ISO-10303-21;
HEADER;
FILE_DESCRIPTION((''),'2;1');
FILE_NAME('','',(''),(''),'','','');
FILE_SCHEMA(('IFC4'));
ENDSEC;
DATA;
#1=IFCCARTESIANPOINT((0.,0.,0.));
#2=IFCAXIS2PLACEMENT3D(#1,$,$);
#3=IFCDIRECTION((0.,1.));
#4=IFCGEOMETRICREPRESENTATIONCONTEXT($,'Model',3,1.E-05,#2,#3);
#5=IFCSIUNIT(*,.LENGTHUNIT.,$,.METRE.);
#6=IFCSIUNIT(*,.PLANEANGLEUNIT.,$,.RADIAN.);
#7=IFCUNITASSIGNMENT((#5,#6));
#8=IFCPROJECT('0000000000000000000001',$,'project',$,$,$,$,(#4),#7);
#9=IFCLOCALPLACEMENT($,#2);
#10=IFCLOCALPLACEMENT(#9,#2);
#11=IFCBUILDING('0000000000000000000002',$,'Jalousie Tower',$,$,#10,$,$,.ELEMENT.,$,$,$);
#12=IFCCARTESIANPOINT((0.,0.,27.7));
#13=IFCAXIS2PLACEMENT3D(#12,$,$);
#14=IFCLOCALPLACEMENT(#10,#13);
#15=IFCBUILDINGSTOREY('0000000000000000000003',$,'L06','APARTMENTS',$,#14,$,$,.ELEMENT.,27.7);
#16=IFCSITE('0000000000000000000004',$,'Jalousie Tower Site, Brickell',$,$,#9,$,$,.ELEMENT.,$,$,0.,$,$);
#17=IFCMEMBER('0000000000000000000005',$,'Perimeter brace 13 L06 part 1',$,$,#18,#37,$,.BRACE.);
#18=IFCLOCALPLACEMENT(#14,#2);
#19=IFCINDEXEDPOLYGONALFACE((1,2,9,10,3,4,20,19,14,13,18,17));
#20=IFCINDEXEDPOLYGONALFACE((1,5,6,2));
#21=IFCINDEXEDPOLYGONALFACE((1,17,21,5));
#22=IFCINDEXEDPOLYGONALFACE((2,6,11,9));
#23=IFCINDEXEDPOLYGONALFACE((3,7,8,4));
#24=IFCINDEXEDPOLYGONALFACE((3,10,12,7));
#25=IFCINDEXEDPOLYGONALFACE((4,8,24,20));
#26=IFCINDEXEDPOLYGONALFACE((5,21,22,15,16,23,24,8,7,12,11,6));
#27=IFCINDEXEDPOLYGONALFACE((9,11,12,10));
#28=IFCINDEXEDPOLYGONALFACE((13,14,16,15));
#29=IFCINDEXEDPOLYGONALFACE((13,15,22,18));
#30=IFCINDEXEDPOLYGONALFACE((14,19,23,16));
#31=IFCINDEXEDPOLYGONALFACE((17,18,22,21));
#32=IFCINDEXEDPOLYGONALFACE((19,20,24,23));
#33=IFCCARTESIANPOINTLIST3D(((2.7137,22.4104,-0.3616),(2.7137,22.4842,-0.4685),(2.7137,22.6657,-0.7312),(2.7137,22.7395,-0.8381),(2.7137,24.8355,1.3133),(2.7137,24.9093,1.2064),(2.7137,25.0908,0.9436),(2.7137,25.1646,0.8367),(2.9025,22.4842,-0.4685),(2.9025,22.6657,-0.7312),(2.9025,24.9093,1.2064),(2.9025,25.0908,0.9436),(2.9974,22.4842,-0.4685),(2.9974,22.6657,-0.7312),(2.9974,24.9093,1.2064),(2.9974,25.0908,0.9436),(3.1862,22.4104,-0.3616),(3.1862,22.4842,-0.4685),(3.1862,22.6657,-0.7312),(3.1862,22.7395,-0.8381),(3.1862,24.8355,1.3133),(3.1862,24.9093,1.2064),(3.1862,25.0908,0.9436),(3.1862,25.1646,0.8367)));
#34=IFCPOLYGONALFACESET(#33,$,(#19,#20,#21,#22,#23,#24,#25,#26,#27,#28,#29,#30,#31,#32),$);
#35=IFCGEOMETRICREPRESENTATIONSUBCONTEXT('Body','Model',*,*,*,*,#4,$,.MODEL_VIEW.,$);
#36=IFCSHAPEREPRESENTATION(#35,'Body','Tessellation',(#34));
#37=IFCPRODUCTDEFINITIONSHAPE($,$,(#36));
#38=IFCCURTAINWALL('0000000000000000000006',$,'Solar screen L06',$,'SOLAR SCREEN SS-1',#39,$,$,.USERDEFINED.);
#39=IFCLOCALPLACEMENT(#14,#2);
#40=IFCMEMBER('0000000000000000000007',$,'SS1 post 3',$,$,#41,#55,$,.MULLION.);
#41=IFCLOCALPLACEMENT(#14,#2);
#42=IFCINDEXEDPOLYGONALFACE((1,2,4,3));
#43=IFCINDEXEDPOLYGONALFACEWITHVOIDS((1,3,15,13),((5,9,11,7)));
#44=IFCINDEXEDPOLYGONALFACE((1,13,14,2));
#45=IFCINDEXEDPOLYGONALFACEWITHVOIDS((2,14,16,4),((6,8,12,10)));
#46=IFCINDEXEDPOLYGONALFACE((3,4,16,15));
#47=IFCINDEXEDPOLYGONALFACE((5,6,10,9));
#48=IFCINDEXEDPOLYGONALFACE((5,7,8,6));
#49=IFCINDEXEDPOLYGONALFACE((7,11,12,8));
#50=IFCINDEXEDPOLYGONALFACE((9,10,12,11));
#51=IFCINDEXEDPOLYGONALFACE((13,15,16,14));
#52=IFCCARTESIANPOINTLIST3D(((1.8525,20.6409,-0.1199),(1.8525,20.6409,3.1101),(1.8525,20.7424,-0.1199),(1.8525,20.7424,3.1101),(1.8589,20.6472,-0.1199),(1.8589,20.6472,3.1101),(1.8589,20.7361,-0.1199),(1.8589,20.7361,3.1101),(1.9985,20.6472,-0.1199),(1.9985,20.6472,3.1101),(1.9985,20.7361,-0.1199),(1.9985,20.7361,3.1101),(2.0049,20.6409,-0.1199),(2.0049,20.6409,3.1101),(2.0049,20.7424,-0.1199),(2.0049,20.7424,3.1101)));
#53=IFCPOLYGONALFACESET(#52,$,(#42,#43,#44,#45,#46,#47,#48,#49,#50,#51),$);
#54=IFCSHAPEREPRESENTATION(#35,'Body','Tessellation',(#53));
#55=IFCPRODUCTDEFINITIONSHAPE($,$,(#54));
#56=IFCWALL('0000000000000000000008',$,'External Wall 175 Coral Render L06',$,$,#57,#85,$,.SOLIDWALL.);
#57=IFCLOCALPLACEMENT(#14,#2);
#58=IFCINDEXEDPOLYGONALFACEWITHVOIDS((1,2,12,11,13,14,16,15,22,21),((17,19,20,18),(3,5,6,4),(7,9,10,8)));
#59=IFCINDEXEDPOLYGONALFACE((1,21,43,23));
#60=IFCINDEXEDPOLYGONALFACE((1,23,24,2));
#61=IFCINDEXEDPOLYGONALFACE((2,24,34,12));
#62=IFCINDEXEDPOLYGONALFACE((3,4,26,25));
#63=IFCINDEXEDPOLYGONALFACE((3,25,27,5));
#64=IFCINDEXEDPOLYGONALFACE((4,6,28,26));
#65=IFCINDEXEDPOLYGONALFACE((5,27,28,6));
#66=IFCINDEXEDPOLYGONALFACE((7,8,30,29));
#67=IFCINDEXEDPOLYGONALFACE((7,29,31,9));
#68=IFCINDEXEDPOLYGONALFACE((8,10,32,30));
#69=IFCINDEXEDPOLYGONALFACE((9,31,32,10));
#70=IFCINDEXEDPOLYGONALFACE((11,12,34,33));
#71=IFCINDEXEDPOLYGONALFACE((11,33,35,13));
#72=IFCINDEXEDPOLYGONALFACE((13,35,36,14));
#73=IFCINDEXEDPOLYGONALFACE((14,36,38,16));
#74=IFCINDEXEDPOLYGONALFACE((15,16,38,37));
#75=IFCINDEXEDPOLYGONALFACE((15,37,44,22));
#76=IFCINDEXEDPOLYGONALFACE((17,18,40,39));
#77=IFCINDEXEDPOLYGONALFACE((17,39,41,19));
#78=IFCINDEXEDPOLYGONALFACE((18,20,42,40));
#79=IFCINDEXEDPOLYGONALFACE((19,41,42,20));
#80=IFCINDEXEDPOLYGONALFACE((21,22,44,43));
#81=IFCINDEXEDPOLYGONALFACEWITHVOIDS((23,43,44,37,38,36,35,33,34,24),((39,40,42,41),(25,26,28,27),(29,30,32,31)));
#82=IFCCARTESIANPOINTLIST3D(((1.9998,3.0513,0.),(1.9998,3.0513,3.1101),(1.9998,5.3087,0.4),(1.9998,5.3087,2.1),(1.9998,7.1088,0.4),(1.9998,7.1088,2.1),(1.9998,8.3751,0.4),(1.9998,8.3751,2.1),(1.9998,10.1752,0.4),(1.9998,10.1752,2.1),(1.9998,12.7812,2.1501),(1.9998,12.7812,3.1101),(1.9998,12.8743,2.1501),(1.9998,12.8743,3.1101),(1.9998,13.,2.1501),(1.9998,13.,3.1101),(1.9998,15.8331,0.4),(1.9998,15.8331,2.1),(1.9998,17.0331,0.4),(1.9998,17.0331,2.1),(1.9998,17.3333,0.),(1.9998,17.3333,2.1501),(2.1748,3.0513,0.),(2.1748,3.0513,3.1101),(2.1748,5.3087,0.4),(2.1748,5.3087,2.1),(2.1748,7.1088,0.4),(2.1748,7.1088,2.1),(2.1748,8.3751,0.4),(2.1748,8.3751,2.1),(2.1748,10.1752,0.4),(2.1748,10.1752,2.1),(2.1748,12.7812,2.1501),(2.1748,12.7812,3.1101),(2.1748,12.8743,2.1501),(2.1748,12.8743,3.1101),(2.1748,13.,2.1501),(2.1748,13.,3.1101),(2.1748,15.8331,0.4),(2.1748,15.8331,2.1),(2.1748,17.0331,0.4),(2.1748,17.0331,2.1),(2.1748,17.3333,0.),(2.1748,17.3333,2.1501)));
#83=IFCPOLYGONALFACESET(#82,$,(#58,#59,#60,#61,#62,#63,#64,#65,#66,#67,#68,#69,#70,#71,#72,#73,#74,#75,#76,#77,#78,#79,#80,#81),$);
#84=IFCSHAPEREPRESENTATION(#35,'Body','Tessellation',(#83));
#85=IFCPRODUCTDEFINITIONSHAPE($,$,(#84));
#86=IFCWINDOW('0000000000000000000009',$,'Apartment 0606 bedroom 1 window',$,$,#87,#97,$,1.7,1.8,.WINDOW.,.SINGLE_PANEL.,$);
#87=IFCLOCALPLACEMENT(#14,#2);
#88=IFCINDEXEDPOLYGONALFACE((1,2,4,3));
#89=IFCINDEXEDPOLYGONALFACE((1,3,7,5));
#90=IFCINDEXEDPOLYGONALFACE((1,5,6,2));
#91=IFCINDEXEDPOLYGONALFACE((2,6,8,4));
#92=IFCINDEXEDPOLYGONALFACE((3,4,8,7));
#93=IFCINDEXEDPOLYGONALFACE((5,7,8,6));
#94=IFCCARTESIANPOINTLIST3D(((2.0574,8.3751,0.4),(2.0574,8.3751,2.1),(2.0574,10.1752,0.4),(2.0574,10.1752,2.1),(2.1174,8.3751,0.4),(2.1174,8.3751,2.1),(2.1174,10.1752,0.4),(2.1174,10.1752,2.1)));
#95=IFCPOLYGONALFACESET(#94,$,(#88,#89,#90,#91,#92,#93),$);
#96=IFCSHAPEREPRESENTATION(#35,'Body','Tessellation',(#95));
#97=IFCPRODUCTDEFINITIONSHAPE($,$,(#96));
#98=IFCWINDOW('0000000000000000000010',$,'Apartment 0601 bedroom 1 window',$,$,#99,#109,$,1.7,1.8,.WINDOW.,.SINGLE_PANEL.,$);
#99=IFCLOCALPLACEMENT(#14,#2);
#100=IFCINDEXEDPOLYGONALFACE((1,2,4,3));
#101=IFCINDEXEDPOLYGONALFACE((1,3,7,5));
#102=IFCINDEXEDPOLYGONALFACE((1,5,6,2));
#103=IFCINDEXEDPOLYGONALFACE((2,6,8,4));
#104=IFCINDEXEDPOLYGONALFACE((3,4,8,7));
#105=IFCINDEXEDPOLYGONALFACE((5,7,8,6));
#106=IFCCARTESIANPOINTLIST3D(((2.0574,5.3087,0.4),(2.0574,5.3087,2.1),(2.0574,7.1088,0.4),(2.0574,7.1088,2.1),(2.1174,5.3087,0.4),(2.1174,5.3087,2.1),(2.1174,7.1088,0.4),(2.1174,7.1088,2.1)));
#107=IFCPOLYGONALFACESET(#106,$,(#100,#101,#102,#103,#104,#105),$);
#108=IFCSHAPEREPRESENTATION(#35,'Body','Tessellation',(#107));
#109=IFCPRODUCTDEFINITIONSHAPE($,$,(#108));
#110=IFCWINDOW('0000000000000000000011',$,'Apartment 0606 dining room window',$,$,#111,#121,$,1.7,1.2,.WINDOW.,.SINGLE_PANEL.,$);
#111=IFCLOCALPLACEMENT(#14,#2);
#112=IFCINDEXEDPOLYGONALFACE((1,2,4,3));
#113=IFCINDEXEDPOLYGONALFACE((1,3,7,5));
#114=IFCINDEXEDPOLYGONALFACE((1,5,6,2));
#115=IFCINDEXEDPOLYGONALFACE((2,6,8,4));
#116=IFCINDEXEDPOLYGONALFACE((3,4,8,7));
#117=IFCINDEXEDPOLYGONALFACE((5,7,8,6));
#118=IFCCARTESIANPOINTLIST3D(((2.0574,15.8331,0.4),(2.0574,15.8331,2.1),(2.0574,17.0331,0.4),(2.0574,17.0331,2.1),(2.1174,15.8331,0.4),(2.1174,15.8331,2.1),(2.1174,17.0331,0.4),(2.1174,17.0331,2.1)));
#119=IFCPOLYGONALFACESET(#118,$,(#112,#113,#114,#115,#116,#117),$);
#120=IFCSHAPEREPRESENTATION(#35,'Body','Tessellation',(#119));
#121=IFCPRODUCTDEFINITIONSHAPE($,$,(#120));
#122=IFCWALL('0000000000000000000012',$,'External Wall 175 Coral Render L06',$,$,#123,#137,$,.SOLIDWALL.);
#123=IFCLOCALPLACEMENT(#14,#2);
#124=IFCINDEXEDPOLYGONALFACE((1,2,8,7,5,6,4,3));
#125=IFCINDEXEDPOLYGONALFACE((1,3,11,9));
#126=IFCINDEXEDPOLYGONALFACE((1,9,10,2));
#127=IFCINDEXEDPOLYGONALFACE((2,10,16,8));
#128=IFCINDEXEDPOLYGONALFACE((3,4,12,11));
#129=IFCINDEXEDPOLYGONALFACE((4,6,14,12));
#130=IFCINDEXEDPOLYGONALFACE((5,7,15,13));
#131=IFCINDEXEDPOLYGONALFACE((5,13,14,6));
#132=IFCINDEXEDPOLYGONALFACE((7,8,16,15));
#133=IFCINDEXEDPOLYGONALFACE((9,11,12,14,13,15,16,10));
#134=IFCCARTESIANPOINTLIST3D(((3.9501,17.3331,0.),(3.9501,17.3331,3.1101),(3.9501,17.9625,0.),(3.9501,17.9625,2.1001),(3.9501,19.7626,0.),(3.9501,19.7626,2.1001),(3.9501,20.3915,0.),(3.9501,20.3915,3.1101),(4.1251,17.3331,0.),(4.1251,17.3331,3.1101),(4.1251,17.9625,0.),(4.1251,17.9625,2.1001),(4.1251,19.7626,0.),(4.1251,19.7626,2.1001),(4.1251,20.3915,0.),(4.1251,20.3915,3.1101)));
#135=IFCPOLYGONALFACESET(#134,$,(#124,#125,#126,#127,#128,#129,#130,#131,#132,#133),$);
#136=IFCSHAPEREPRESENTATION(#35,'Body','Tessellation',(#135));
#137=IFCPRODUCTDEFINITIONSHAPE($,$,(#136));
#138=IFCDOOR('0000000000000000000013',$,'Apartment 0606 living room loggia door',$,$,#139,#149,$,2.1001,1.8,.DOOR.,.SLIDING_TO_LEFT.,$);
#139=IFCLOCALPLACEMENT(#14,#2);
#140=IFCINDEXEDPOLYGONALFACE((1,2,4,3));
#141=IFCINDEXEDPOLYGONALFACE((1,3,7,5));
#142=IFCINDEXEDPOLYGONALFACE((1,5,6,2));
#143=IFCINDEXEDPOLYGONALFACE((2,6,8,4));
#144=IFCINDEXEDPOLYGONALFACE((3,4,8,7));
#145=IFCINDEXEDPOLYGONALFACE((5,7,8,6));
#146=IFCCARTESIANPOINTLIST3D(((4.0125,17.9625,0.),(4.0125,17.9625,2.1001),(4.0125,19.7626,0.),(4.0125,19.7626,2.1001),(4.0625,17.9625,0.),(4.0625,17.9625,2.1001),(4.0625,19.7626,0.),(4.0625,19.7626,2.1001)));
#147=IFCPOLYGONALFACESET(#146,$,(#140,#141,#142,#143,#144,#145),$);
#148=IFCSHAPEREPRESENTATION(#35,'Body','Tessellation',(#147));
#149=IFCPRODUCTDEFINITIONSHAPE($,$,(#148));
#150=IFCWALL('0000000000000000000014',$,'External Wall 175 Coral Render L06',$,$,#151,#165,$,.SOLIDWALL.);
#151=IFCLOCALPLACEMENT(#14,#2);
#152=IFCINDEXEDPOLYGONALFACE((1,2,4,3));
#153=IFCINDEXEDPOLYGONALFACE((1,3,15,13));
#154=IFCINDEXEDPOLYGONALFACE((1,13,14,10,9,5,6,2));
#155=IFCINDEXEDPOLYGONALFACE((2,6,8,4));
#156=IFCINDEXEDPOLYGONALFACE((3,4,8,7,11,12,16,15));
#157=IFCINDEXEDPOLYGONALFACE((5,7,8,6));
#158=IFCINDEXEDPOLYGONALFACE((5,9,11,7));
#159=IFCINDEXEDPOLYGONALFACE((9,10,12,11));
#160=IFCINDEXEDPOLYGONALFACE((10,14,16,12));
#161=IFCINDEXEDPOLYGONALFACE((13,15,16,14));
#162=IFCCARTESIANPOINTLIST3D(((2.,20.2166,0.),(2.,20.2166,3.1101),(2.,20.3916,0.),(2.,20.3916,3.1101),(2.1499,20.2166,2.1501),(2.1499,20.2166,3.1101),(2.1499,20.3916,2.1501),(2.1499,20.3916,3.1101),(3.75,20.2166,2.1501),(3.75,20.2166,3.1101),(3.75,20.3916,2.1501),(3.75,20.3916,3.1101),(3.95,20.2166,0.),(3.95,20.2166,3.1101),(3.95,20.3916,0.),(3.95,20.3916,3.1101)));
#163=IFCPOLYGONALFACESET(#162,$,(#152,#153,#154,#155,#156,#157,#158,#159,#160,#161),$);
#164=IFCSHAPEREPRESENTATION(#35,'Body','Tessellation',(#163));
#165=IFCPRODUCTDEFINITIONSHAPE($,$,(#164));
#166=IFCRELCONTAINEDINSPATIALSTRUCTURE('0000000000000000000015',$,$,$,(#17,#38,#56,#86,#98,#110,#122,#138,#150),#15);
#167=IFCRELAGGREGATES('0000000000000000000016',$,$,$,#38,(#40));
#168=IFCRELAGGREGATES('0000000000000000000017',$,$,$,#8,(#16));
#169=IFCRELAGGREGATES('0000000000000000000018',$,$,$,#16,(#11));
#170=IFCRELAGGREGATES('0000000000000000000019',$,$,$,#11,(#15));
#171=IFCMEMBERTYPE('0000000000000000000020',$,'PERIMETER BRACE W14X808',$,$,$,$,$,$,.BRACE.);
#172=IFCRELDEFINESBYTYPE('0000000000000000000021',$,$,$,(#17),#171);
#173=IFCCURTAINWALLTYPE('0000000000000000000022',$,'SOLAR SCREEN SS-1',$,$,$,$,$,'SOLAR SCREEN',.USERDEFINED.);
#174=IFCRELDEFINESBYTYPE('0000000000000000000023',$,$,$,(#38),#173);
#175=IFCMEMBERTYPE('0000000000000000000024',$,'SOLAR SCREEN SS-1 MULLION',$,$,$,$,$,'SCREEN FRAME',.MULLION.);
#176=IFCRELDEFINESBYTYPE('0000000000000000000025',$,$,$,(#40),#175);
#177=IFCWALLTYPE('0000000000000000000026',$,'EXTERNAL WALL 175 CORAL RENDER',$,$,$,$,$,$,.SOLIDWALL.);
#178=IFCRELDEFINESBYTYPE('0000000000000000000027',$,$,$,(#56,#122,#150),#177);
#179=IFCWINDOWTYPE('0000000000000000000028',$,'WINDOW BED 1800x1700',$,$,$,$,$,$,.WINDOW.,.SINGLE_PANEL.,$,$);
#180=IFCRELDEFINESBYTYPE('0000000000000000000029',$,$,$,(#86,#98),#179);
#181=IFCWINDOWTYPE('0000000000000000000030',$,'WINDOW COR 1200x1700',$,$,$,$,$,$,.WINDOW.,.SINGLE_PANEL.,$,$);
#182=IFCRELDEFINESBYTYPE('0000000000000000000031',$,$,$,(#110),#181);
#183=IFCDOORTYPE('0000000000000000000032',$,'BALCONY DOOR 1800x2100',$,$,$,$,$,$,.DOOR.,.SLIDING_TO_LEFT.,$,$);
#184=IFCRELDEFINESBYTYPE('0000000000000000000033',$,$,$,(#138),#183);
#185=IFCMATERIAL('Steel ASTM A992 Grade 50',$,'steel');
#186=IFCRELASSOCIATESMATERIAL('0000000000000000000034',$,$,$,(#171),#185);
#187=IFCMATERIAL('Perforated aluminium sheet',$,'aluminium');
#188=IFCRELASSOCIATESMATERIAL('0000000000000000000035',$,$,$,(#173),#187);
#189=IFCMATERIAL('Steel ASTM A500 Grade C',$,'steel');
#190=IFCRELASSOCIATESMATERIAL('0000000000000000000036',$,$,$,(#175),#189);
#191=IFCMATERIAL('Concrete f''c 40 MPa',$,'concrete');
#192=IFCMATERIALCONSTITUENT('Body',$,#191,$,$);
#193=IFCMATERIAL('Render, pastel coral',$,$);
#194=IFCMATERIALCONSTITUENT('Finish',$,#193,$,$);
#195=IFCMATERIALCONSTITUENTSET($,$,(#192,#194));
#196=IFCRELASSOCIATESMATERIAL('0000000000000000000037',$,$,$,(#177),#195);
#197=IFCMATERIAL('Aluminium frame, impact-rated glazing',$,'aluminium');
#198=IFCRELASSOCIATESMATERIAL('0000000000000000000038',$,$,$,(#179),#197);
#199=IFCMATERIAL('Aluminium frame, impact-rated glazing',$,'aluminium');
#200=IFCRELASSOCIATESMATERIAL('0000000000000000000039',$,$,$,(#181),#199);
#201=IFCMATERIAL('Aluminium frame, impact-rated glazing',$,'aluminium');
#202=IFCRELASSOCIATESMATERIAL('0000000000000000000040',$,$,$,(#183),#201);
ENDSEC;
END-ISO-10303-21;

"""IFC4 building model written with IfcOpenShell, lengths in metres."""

from ifc_helpers import new_model, si_unit, direction, frame, frame_2d, origin, origin_2d, place, context, subcontext, project, spatial, polyline, rectangle, hollow_rectangle, i_section, outline, extrude, material, constituent, constituent_set, material_profile, profile_set, type_object, element, fill, aggregate, save


model = new_model("IFC4")

# Units and contexts
model_context = context("Model", 3, precision=1e-05, world=origin(), true_north=direction((0.0, 1.0)))
body_context = subcontext(model_context, "Body", "Model", "MODEL_VIEW")
ifc_project = project(units=[si_unit("LENGTHUNIT", "METRE"), si_unit("PLANEANGLEUNIT", "RADIAN")], contexts=[model_context])

# Site, building, storey
site_placement = place(None, origin())
site = spatial("IfcSite", under=ifc_project, at=site_placement, Name="Jalousie Tower Site, Brickell", CompositionType="ELEMENT", RefElevation=0.0)
building_placement = place(site_placement, origin())
building = spatial("IfcBuilding", under=site, at=building_placement, Name="Jalousie Tower", CompositionType="ELEMENT")
storey_placement = place(building_placement, frame((0.0, 0.0, 27.7)))
storey = spatial("IfcBuildingStorey", under=building, at=storey_placement, Name="L06", Description="APARTMENTS", CompositionType="ELEMENT", Elevation=27.7)

# Member
ifc_material_1 = material(Name="Steel ASTM A992 Grade 50", Category="steel")
ifc_material_profile_1 = material_profile(ifc_material_1, i_section(OverallWidth=0.4724, OverallDepth=0.5791, WebThickness=0.095, FlangeThickness=0.1299, at=origin_2d()), Name="W14X808")
ifc_profile_set_1 = profile_set([ifc_material_profile_1], Name="Steel ASTM A992 Grade 50")
member_type_1 = type_object("IfcMemberType", Name="PERIMETER BRACE W14X808", PredefinedType="BRACE", material=ifc_profile_set_1)
member_1_placement = place(storey_placement, frame((2.95, 22.575, -0.5999), z_axis=(0.0, 0.822839, 0.568275), x_axis=(-1.0, 0.0, 0.0)))
element("IfcMember", 1, at=member_1_placement, inside=storey, type_object=member_type_1, Name="Perimeter brace 13 L06 part 1", PredefinedType="BRACE", context=body_context, shape_type="SweptSolid", body=[
    extrude(i_section(OverallWidth=0.4724, OverallDepth=0.5791, WebThickness=0.095, FlangeThickness=0.1299, at=origin_2d()), origin(), (0.0, 0.0, 1.0), 2.9473),
])

# Curtain wall, member
ifc_material_2 = material(Name="Perforated aluminium sheet", Category="aluminium")
curtain_wall_type = type_object("IfcCurtainWallType", Name="SOLAR SCREEN SS-1", ElementType="SOLAR SCREEN", PredefinedType="USERDEFINED", material=ifc_material_2)
curtain_wall_placement = place(storey_placement, origin())
curtain_wall = element("IfcCurtainWall", 2, at=curtain_wall_placement, inside=storey, type_object=curtain_wall_type, Name="Solar screen L06", ObjectType="SOLAR SCREEN SS-1", PredefinedType="USERDEFINED")
ifc_material_3 = material(Name="Steel ASTM A500 Grade C", Category="steel")
ifc_material_profile_2 = material_profile(ifc_material_3, hollow_rectangle(XDim=0.1016, YDim=0.1523, WallThickness=0.0063, at=origin_2d()), Name="HSS6X4X1/4")
ifc_profile_set_2 = profile_set([ifc_material_profile_2], Name="Steel ASTM A500 Grade C")
member_type_2 = type_object("IfcMemberType", Name="SOLAR SCREEN SS-1 MULLION", ElementType="SCREEN FRAME", PredefinedType="MULLION", material=ifc_profile_set_2)
member_2_placement = place(storey_placement, frame((1.9287, 20.6917, -0.1199), z_axis=(0.0, 0.0, 1.0), x_axis=(0.0, -1.0, 0.0)))
member_2 = element("IfcMember", 3, at=member_2_placement, type_object=member_type_2, Name="SS1 post 3", PredefinedType="MULLION", context=body_context, shape_type="SweptSolid", body=[
    extrude(hollow_rectangle(XDim=0.1016, YDim=0.1523, WallThickness=0.0063, at=origin_2d()), origin(), (0.0, 0.0, 1.0), 3.23),
])
aggregate(curtain_wall, [member_2])

# Wall, openings, windows
ifc_material_4 = material(Name="Concrete f'c 40 MPa", Category="concrete")
ifc_constituent_1 = constituent(ifc_material_4, Name="Body")
ifc_material_5 = material(Name="Render, pastel coral")
ifc_constituent_2 = constituent(ifc_material_5, Name="Finish")
ifc_constituent_set_1 = constituent_set(constituents=[ifc_constituent_1, ifc_constituent_2])
wall_type_1 = type_object("IfcWallType", Name="EXTERNAL WALL 175 CORAL RENDER", PredefinedType="SOLIDWALL", material=ifc_constituent_set_1)
wall_1_placement = place(storey_placement, frame((2.0874, 17.3333, 0.0), z_axis=(0.0, 0.0, 1.0), x_axis=(0.0, -1.0, 0.0)))
wall_1 = element("IfcWall", 4, at=wall_1_placement, inside=storey, type_object=wall_type_1, Name="External Wall 175 Coral Render L06", PredefinedType="SOLIDWALL", context=body_context, shape_type="SweptSolid", body=[
    extrude(outline(polyline([(0.0, 0.0), (14.282, 0.0), (14.282, 3.1101), (4.552, 3.1101), (4.552, 2.1501), (4.459, 2.1501), (4.459, 3.1101), (4.3333, 3.1101), (4.3333, 2.1501), (0.0, 2.1501), (0.0, 0.0)])), frame((0.0, 0.0874, 0.0), z_axis=(0.0, -1.0, 0.0), x_axis=(1.0, 0.0, 0.0)), (0.0, 0.0, 1.0), 0.175),
])
opening_1_placement = place(wall_1_placement, frame((0.3, 0.0, 0.3999)))
opening_1 = element("IfcOpeningElement", 5, at=opening_1_placement, cuts=wall_1, PredefinedType="OPENING", context=body_context, shape_type="SweptSolid", body=[
    extrude(rectangle(XDim=1.2, YDim=1.7, at=frame_2d((0.6001, 0.8501))), frame((0.0, 0.0974, 0.0), z_axis=(0.0, -1.0, 0.0), x_axis=(1.0, 0.0, 0.0)), (0.0, 0.0, 1.0), 0.1951),
])
opening_2_placement = place(wall_1_placement, frame((7.1582, 0.0, 0.3999)))
opening_2 = element("IfcOpeningElement", 6, at=opening_2_placement, cuts=wall_1, PredefinedType="OPENING", context=body_context, shape_type="SweptSolid", body=[
    extrude(rectangle(XDim=1.8, YDim=1.7, at=frame_2d((0.8999, 0.8501))), frame((0.0, 0.0974, 0.0), z_axis=(0.0, -1.0, 0.0), x_axis=(1.0, 0.0, 0.0)), (0.0, 0.0, 1.0), 0.1951),
])
opening_3_placement = place(wall_1_placement, frame((10.2246, 0.0, 0.3999)))
opening_3 = element("IfcOpeningElement", 7, at=opening_3_placement, cuts=wall_1, PredefinedType="OPENING", context=body_context, shape_type="SweptSolid", body=[
    extrude(rectangle(XDim=1.8, YDim=1.7, at=frame_2d((0.8999, 0.8501))), frame((0.0, 0.0974, 0.0), z_axis=(0.0, -1.0, 0.0), x_axis=(1.0, 0.0, 0.0)), (0.0, 0.0, 1.0), 0.1951),
])
ifc_material_6 = material(Name="Aluminium frame, impact-rated glazing", Category="aluminium")
window_type_1 = type_object("IfcWindowType", Name="WINDOW BED 1800x1700", PartitioningType="SINGLE_PANEL", PredefinedType="WINDOW", material=ifc_material_6)
window_1_placement = place(opening_2_placement, origin())
window_1 = element("IfcWindow", 8, at=window_1_placement, inside=storey, type_object=window_type_1, Name="Apartment 0606 bedroom 1 window", OverallHeight=1.7, OverallWidth=1.8, PartitioningType="SINGLE_PANEL", PredefinedType="WINDOW", context=body_context, shape_type="SweptSolid", body=[
    extrude(rectangle(XDim=1.8, YDim=1.7, at=frame_2d((0.8999, 0.8501))), frame((0.0, 0.03, 0.0), z_axis=(0.0, -1.0, 0.0), x_axis=(1.0, 0.0, 0.0)), (0.0, 0.0, 1.0), 0.0601),
])
fill(opening_2, window_1)
window_2_placement = place(opening_3_placement, origin())
window_2 = element("IfcWindow", 9, at=window_2_placement, inside=storey, type_object=window_type_1, Name="Apartment 0601 bedroom 1 window", OverallHeight=1.7, OverallWidth=1.8, PartitioningType="SINGLE_PANEL", PredefinedType="WINDOW", context=body_context, shape_type="SweptSolid", body=[
    extrude(rectangle(XDim=1.8, YDim=1.7, at=frame_2d((0.8999, 0.8501))), frame((0.0, 0.03, 0.0), z_axis=(0.0, -1.0, 0.0), x_axis=(1.0, 0.0, 0.0)), (0.0, 0.0, 1.0), 0.0601),
])
fill(opening_3, window_2)
ifc_material_7 = material(Name="Aluminium frame, impact-rated glazing", Category="aluminium")
window_type_2 = type_object("IfcWindowType", Name="WINDOW COR 1200x1700", PartitioningType="SINGLE_PANEL", PredefinedType="WINDOW", material=ifc_material_7)
window_3_placement = place(opening_1_placement, origin())
window_3 = element("IfcWindow", 10, at=window_3_placement, inside=storey, type_object=window_type_2, Name="Apartment 0606 dining room window", OverallHeight=1.7, OverallWidth=1.2, PartitioningType="SINGLE_PANEL", PredefinedType="WINDOW", context=body_context, shape_type="SweptSolid", body=[
    extrude(rectangle(XDim=1.2, YDim=1.7, at=frame_2d((0.6001, 0.8501))), frame((0.0, 0.03, 0.0), z_axis=(0.0, -1.0, 0.0), x_axis=(1.0, 0.0, 0.0)), (0.0, 0.0, 1.0), 0.0601),
])
fill(opening_1, window_3)

# Wall, opening, door
wall_2_placement = place(storey_placement, frame((4.0376, 20.3916, 0.0), z_axis=(0.0, 0.0, 1.0), x_axis=(0.0, -1.0, 0.0)))
wall_2 = element("IfcWall", 11, at=wall_2_placement, inside=storey, type_object=wall_type_1, Name="External Wall 175 Coral Render L06", PredefinedType="SOLIDWALL", context=body_context, shape_type="SweptSolid", body=[
    extrude(rectangle(XDim=3.0583, YDim=0.175, at=frame_2d((1.5293, 0.0))), origin(), (0.0, 0.0, 1.0), 3.1101),
])
opening_4_placement = place(wall_2_placement, frame((0.6292, 0.0, 0.0)))
opening_4 = element("IfcOpeningElement", 12, at=opening_4_placement, cuts=wall_2, PredefinedType="OPENING", context=body_context, shape_type="SweptSolid", body=[
    extrude(rectangle(XDim=1.8, YDim=2.1001, at=frame_2d((0.8999, 1.05))), frame((0.0, 0.0974, 0.0), z_axis=(0.0, -1.0, 0.0), x_axis=(1.0, 0.0, 0.0)), (0.0, 0.0, 1.0), 0.1951),
])
ifc_material_8 = material(Name="Aluminium frame, impact-rated glazing", Category="aluminium")
door_type_1 = type_object("IfcDoorType", Name="BALCONY DOOR 1800x2100", OperationType="SLIDING_TO_LEFT", PredefinedType="DOOR", material=ifc_material_8)
door_1_placement = place(opening_4_placement, origin())
door_1 = element("IfcDoor", 13, at=door_1_placement, inside=storey, type_object=door_type_1, Name="Apartment 0606 living room loggia door", OperationType="SLIDING_TO_LEFT", OverallHeight=2.1001, OverallWidth=1.8, PredefinedType="DOOR", context=body_context, shape_type="SweptSolid", body=[
    extrude(rectangle(XDim=1.8, YDim=2.1001, at=frame_2d((0.8999, 1.05))), frame((0.0, 0.0249, 0.0), z_axis=(0.0, -1.0, 0.0), x_axis=(1.0, 0.0, 0.0)), (0.0, 0.0, 1.0), 0.05),
])
fill(opening_4, door_1)

# Wall
for number, where, z_axis, x_axis, name in (
    (14, (2.0, 20.3042, 0.0), (0.0, 0.0, 1.0), (1.0, 0.0, 0.0), "External Wall 175 Coral Render L06"),
):
    element("IfcWall", number, at=place(storey_placement, frame(where, z_axis=z_axis, x_axis=x_axis)), inside=storey, type_object=wall_type_1, Name=name, PredefinedType="SOLIDWALL", context=body_context, shape_type="SweptSolid", body=[
        extrude(outline(polyline([(0.0, 0.0), (1.95, 0.0), (1.95, 3.1101), (1.75, 3.1101), (1.75, 2.1501), (0.1499, 2.1501), (0.1499, 3.1101), (0.0, 3.1101), (0.0, 0.0)])), frame((0.0, 0.0874, 0.0), z_axis=(0.0, -1.0, 0.0), x_axis=(1.0, 0.0, 0.0)), (0.0, 0.0, 1.0), 0.175),
    ])

save(model, "model.ifc")
